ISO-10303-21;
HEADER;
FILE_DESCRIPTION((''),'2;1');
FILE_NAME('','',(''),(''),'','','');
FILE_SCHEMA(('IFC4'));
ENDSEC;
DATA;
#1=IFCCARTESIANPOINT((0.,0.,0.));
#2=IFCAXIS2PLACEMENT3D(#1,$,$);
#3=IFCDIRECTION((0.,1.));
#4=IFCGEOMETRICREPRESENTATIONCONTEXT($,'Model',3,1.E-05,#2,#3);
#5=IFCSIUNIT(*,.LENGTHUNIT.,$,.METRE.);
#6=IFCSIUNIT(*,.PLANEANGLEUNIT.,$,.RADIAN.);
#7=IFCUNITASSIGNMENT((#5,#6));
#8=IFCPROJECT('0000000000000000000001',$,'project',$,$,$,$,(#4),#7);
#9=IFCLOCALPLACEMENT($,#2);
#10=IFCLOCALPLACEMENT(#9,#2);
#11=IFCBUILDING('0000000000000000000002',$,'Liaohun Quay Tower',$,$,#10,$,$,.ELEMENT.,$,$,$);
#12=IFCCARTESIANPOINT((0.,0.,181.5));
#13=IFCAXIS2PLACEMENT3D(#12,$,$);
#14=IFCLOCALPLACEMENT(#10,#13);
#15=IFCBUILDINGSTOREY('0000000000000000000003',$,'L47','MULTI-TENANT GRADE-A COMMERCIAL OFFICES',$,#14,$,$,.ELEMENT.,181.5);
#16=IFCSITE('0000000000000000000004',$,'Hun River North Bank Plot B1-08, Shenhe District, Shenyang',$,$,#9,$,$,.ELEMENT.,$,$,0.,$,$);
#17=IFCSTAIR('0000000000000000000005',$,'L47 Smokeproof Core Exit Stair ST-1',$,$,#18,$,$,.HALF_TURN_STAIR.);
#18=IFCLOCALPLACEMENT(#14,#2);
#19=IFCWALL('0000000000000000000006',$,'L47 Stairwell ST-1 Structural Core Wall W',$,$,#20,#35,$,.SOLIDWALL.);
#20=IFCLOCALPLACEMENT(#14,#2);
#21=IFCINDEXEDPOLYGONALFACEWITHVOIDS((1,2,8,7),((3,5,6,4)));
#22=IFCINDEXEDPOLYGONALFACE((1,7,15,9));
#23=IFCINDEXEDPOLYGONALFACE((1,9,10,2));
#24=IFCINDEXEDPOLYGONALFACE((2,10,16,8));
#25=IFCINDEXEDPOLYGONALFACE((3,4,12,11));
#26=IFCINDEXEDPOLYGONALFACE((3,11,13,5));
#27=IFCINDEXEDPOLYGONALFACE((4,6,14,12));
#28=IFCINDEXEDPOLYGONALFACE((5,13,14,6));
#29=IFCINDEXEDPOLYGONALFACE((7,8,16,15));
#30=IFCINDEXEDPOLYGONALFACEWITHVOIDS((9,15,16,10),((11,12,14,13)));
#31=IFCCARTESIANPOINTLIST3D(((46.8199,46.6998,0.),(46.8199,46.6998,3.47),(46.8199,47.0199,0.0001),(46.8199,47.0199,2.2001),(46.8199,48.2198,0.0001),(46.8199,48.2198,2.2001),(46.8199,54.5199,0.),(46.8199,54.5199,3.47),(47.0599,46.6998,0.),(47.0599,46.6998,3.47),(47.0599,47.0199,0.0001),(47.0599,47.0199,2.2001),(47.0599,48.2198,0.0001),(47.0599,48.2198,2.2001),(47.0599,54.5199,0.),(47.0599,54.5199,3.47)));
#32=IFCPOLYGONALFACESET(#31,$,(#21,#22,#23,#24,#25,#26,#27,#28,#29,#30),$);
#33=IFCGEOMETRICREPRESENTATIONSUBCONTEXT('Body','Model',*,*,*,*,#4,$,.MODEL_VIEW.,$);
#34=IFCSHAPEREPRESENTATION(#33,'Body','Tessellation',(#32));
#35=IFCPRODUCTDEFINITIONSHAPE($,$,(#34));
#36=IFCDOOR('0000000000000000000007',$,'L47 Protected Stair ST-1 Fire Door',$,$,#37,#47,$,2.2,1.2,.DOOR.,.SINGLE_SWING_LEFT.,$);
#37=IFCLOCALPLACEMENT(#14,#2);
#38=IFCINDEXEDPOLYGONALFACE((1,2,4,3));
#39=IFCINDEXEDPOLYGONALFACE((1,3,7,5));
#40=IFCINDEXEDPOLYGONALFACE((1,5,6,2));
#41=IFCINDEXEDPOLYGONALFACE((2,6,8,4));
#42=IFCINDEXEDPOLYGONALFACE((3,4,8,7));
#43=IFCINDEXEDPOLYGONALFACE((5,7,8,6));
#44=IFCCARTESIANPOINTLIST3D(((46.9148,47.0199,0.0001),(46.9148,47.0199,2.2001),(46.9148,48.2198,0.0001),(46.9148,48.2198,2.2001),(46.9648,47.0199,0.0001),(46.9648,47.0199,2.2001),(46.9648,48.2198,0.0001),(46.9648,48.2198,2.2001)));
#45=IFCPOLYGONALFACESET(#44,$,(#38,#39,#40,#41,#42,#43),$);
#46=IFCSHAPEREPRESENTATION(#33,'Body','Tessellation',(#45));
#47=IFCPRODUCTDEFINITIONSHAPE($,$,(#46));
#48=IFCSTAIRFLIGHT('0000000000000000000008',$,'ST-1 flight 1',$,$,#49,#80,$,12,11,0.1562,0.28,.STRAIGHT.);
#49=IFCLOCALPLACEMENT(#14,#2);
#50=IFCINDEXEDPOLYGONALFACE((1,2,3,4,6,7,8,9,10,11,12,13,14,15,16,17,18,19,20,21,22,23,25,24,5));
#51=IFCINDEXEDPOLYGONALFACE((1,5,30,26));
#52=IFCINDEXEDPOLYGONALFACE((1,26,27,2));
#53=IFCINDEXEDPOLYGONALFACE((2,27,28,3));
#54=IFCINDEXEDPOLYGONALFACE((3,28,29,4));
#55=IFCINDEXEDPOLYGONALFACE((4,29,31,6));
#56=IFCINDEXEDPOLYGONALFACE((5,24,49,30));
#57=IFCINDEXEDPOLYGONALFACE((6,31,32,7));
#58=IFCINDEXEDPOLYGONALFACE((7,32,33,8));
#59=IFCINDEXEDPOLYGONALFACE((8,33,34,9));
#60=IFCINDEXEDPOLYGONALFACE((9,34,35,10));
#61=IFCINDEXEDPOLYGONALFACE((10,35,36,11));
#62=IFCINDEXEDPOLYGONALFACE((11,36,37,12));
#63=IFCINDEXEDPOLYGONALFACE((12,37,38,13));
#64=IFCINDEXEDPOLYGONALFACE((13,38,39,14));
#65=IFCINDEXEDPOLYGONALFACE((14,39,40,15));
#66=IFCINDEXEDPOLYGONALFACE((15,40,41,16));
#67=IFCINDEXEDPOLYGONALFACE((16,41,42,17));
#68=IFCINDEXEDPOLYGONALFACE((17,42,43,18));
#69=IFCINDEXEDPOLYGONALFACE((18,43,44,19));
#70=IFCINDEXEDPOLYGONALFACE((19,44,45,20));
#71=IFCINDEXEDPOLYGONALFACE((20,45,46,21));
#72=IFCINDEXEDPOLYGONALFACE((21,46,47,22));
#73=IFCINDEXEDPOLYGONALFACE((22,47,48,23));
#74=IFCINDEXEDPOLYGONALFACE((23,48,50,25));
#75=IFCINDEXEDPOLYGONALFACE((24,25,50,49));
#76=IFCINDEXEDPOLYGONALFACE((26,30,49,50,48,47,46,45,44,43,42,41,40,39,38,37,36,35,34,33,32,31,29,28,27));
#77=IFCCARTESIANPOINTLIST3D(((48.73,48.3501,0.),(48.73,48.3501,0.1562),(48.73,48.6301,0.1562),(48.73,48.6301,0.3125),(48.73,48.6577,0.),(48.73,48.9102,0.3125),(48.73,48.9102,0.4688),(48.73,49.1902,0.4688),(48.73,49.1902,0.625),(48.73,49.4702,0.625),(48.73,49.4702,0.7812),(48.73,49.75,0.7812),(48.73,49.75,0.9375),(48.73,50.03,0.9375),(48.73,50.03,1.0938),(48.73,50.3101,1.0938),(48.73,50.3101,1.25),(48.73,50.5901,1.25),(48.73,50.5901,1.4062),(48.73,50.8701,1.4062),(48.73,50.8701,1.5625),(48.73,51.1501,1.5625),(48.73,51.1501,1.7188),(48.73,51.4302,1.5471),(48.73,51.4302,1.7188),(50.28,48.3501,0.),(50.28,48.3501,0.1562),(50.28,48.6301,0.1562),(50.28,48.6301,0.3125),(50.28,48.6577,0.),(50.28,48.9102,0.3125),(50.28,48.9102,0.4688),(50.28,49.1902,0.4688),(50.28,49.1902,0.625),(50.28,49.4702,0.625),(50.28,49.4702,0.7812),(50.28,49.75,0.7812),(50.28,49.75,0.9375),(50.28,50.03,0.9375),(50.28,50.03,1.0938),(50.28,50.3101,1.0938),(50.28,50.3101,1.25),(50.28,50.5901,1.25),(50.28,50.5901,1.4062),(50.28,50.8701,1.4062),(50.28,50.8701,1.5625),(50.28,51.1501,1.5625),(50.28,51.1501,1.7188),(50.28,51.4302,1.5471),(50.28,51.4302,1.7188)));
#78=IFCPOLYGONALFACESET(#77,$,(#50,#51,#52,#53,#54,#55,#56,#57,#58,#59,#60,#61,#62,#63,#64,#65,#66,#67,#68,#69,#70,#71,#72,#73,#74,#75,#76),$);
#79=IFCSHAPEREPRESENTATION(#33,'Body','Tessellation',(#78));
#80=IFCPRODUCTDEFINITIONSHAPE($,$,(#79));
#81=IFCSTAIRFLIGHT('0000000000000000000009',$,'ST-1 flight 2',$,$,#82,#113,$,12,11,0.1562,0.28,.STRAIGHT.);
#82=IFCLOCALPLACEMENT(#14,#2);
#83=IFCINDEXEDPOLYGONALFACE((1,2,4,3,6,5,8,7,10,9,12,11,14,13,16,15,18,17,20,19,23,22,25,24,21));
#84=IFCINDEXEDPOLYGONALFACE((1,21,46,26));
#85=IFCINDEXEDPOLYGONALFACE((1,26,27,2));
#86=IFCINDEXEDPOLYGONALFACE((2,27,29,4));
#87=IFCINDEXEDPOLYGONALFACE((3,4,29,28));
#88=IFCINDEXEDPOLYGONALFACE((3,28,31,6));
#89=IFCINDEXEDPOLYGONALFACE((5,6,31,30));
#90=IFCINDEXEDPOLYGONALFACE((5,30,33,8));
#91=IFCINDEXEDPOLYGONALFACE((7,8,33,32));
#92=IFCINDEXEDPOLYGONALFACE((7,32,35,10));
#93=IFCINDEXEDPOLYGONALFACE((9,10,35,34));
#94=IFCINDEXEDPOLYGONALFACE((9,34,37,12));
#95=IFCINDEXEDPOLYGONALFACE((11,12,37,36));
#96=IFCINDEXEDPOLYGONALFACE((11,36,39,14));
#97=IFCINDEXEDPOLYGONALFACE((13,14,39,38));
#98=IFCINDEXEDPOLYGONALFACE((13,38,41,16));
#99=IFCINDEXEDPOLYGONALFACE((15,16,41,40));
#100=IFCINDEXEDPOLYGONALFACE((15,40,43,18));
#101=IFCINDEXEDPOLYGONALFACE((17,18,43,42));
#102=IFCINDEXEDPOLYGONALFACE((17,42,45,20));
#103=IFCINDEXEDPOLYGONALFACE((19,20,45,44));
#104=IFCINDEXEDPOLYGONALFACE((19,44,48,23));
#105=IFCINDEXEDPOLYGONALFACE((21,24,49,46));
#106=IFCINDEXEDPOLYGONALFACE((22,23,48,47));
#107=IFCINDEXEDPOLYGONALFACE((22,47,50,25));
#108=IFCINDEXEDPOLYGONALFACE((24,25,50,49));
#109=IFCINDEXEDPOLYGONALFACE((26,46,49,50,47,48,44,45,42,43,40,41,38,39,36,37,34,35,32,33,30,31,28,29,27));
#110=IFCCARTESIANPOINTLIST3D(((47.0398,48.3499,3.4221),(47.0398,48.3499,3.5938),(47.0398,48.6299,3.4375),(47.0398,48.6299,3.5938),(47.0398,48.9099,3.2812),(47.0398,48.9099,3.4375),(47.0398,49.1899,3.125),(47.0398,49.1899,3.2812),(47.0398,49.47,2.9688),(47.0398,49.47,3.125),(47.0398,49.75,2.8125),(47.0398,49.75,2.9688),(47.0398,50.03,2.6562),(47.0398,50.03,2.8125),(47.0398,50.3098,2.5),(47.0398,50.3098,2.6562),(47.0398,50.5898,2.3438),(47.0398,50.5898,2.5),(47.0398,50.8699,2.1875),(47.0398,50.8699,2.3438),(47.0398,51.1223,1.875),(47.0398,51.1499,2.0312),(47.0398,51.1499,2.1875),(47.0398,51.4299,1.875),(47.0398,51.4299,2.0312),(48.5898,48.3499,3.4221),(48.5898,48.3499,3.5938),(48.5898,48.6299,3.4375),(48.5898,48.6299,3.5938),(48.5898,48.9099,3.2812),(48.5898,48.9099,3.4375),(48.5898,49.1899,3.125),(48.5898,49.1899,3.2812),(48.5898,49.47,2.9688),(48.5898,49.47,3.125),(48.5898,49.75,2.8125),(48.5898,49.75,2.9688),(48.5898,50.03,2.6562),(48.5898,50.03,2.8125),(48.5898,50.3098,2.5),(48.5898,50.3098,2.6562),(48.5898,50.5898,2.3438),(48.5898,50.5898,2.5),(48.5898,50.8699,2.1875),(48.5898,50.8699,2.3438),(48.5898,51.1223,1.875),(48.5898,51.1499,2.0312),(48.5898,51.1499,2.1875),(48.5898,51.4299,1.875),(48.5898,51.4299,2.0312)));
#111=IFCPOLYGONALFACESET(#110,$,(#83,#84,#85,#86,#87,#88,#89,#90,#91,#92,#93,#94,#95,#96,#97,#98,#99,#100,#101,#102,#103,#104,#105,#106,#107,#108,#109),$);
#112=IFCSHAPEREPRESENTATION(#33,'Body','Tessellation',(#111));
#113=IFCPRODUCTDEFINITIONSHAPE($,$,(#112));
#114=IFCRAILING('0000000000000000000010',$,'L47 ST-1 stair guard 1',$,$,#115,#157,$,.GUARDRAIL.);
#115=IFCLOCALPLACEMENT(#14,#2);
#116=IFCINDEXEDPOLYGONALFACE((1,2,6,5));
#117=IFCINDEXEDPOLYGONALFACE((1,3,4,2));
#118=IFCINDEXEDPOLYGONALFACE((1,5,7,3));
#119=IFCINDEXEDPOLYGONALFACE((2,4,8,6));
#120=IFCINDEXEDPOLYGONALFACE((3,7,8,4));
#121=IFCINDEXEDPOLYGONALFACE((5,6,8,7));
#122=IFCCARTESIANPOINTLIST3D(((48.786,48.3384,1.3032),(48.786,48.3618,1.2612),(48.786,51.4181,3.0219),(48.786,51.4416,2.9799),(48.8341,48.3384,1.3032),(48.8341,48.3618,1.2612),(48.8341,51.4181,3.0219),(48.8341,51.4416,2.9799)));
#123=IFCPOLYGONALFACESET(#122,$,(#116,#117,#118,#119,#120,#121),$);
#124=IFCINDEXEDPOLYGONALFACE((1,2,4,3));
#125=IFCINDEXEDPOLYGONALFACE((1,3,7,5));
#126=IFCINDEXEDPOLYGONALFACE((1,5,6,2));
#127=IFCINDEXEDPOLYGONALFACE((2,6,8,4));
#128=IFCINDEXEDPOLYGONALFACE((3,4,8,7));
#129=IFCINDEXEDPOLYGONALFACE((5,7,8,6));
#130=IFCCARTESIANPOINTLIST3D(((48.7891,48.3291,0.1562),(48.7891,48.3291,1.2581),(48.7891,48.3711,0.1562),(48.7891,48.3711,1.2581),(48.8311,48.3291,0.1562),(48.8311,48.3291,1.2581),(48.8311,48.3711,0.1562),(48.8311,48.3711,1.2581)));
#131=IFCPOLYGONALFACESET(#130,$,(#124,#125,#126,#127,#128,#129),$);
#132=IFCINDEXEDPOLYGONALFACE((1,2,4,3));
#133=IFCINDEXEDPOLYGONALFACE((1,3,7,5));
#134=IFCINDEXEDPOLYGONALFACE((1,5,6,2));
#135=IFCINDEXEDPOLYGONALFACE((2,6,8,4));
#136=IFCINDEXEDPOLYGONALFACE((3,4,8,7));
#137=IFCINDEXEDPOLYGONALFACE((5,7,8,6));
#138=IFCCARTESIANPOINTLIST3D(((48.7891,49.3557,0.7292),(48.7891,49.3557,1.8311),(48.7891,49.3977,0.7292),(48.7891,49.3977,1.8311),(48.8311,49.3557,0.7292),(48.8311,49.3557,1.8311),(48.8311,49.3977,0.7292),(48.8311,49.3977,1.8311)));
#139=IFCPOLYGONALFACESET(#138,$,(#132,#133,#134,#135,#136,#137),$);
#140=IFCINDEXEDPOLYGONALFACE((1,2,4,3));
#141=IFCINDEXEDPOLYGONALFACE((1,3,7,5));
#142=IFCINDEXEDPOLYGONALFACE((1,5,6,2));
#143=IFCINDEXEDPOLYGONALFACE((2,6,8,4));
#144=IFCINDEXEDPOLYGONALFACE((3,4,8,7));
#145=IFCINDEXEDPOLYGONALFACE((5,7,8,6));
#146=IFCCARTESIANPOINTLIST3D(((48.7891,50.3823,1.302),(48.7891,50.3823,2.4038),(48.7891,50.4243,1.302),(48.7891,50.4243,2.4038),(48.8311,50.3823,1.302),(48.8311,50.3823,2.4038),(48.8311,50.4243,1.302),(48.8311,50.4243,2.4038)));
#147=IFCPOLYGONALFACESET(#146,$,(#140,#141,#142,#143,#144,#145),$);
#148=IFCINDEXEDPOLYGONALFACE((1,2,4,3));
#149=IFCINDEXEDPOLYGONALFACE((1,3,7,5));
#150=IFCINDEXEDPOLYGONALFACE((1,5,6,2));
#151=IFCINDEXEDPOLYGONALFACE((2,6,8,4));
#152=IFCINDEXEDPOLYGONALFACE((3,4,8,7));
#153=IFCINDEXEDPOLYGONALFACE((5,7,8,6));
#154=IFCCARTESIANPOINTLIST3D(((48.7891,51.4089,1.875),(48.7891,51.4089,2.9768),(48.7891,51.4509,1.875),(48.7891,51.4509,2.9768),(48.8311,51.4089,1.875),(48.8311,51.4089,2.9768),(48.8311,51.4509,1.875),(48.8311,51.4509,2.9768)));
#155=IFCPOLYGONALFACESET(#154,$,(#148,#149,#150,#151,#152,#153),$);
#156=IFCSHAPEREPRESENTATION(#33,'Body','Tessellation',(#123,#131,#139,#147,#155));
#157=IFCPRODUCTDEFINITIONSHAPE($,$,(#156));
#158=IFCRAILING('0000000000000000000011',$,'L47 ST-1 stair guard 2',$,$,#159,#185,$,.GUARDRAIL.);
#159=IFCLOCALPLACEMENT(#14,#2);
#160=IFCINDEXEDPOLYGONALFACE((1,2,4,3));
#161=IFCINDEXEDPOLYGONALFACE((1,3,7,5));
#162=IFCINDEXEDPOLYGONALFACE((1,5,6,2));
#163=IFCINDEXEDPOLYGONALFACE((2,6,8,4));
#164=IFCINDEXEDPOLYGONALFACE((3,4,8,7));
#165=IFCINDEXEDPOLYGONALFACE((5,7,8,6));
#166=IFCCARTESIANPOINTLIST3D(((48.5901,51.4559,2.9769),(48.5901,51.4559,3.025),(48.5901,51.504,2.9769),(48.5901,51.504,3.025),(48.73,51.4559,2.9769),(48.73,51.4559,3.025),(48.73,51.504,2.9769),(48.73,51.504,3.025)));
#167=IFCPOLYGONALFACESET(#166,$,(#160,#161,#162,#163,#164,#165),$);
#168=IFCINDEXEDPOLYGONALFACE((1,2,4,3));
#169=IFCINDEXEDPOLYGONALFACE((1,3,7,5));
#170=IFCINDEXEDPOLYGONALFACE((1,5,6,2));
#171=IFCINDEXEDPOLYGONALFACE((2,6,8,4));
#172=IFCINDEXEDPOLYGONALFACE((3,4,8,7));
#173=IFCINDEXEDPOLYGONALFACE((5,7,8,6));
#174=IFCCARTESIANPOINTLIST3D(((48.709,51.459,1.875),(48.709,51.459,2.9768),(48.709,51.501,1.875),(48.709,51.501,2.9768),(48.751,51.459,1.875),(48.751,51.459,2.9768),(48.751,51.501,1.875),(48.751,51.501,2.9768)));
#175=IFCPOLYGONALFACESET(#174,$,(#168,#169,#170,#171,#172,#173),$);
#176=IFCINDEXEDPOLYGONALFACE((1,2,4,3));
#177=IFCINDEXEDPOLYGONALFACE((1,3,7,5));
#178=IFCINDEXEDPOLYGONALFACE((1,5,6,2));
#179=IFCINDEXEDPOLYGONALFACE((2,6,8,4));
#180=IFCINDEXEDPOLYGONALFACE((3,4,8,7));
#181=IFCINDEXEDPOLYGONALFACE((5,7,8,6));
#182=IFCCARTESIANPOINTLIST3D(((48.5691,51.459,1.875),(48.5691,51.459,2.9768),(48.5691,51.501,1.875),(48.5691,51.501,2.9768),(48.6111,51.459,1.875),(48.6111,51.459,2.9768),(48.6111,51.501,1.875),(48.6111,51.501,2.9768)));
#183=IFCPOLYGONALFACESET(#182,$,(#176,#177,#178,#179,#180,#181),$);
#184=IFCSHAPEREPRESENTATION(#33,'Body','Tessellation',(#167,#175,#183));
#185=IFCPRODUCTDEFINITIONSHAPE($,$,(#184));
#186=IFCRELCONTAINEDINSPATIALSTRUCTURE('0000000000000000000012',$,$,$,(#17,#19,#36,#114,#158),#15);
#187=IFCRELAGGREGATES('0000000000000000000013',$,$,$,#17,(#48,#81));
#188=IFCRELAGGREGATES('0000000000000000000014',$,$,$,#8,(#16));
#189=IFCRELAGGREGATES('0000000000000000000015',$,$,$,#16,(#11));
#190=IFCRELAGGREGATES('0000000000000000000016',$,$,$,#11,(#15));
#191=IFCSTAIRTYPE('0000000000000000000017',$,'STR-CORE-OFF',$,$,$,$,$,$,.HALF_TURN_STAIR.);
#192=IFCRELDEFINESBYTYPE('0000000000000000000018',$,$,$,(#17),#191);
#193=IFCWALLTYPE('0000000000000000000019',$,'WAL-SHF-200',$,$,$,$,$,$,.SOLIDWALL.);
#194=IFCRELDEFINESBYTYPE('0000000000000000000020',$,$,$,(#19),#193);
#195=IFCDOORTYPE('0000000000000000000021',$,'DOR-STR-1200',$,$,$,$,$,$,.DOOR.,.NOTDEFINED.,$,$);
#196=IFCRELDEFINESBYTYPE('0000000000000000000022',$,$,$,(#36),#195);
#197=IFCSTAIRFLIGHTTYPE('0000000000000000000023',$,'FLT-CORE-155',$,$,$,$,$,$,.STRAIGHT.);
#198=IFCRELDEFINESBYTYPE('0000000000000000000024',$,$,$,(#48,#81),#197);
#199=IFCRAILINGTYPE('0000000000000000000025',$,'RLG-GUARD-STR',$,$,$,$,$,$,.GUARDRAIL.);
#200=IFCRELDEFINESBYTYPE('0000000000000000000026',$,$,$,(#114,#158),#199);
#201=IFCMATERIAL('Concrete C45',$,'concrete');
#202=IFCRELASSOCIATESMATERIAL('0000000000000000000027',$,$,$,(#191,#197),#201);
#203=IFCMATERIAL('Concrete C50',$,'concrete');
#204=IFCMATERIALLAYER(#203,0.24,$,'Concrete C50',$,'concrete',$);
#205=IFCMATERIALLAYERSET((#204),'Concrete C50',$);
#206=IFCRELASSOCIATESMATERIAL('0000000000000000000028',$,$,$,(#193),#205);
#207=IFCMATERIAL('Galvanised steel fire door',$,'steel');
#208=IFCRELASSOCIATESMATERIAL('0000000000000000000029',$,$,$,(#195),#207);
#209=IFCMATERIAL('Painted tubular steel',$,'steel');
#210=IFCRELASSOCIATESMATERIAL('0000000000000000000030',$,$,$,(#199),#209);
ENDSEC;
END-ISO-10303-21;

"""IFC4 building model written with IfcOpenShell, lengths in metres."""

from ifc_helpers import new_model, si_unit, direction, frame, frame_2d, origin, origin_2d, place, context, subcontext, project, spatial, polyline, rectangle, outline, extrude, source, transform, mapped, material, layer, layer_set, type_object, element, fill, aggregate, save


model = new_model("IFC4")

# Units and contexts
model_context = context("Model", 3, precision=1e-05, world=origin(), true_north=direction((0.0, 1.0)))
body_context = subcontext(model_context, "Body", "Model", "MODEL_VIEW")
ifc_project = project(units=[si_unit("LENGTHUNIT", "METRE"), si_unit("PLANEANGLEUNIT", "RADIAN")], contexts=[model_context])

# Site, building, storey
site_placement = place(None, origin())
site = spatial("IfcSite", under=ifc_project, at=site_placement, Name="Hun River North Bank Plot B1-08, Shenhe District, Shenyang", CompositionType="ELEMENT", RefElevation=0.0)
building_placement = place(site_placement, origin())
building = spatial("IfcBuilding", under=site, at=building_placement, Name="Liaohun Quay Tower", CompositionType="ELEMENT")
storey_placement = place(building_placement, frame((0.0, 0.0, 181.5)))
storey = spatial("IfcBuildingStorey", under=building, at=storey_placement, Name="L47", Description="MULTI-TENANT GRADE-A COMMERCIAL OFFICES", CompositionType="ELEMENT", Elevation=181.5)

# Stair
ifc_material_1 = material(Name="Concrete C45", Category="concrete")
stair_type = type_object("IfcStairType", Name="STR-CORE-OFF", PredefinedType="HALF_TURN_STAIR", material=ifc_material_1)
stair_1_placement = place(storey_placement, origin())
stair_1 = element("IfcStair", 1, at=stair_1_placement, inside=storey, type_object=stair_type, Name="L47 Smokeproof Core Exit Stair ST-1", PredefinedType="HALF_TURN_STAIR")

# Shared definitions
ifc_material_2 = material(Name="Concrete C50", Category="concrete")
ifc_layer_1 = layer(ifc_material_2, 0.24, Name="Concrete C50", Category="concrete")
ifc_layer_set_1 = layer_set([ifc_layer_1], Name="Concrete C50")
wall_type_1 = type_object("IfcWallType", Name="WAL-SHF-200", PredefinedType="SOLIDWALL", material=ifc_layer_set_1)

# Wall, opening, door
wall_1_placement = place(storey_placement, frame((46.9399, 54.52, 0.0), z_axis=(0.0, 0.0, 1.0), x_axis=(0.0, -1.0, 0.0)))
wall_1 = element("IfcWall", 2, at=wall_1_placement, inside=storey, type_object=wall_type_1, Name="L47 Stairwell ST-1 Structural Core Wall W", PredefinedType="SOLIDWALL", context=body_context, shape_type="SweptSolid", body=[
    extrude(rectangle(XDim=7.8201, YDim=0.24, at=frame_2d((3.9102, 0.0))), origin(), (0.0, 0.0, 1.0), 3.47),
])
shared_shape_1 = source(origin(), body_context, "Body", "SweptSolid", [
    extrude(rectangle(XDim=1.2, YDim=2.2, at=frame_2d((0.6001, 1.1001))), frame((0.0, 0.1299, 0.0), z_axis=(0.0, -1.0, 0.0), x_axis=(1.0, 0.0, 0.0)), (0.0, 0.0, 1.0), 0.26),
])
opening_1_placement = place(wall_1_placement, frame((6.3, 0.0, 0.0)))
opening_1 = element("IfcOpeningElement", 3, at=opening_1_placement, cuts=wall_1, PredefinedType="OPENING", context=body_context, shape_type="MappedRepresentation", body=[
    mapped(shared_shape_1, transform((0.0, 0.0, 0.0), x_axis=(1.0, 0.0, 0.0), y_axis=(0.0, 1.0, 0.0), z_axis=(0.0, 0.0, 1.0), scale=1.0)),
])
ifc_material_3 = material(Name="Galvanised steel fire door", Category="steel")
door_type_1 = type_object("IfcDoorType", Name="DOR-STR-1200", OperationType="NOTDEFINED", PredefinedType="DOOR", material=ifc_material_3)
shared_shape_2 = source(origin(), body_context, "Body", "SweptSolid", [
    extrude(rectangle(XDim=1.2, YDim=2.2, at=frame_2d((0.6001, 1.1001))), frame((0.0, 0.0249, 0.0), z_axis=(0.0, -1.0, 0.0), x_axis=(1.0, 0.0, 0.0)), (0.0, 0.0, 1.0), 0.05),
])
door_1_placement = place(opening_1_placement, origin())
door_1 = element("IfcDoor", 4, at=door_1_placement, inside=storey, type_object=door_type_1, Name="L47 Protected Stair ST-1 Fire Door", OperationType="SINGLE_SWING_LEFT", OverallHeight=2.2, OverallWidth=1.2, PredefinedType="DOOR", context=body_context, shape_type="MappedRepresentation", body=[
    mapped(shared_shape_2, transform((0.0, 0.0, 0.0), x_axis=(1.0, 0.0, 0.0), y_axis=(0.0, 1.0, 0.0), z_axis=(0.0, 0.0, 1.0), scale=1.0)),
])
fill(opening_1, door_1)

# Stair flights
stair_flight_type = type_object("IfcStairFlightType", Name="FLT-CORE-155", PredefinedType="STRAIGHT", material=ifc_material_1)
stair_flight_1_placement = place(storey_placement, frame((49.5049, 48.3501, 0.0), z_axis=(0.0, 0.0, 1.0), x_axis=(0.0, 1.0, 0.0)))
stair_flight_1 = element("IfcStairFlight", 5, at=stair_flight_1_placement, type_object=stair_flight_type, Name="ST-1 flight 1", NumberOfRisers=12, NumberOfTreads=11, PredefinedType="STRAIGHT", RiserHeight=0.1562, TreadLength=0.28, context=body_context, shape_type="SweptSolid", body=[
    extrude(outline(polyline([(0.0, 0.0), (0.0, 0.1562), (0.28, 0.1562), (0.28, 0.3125), (0.5601, 0.3125), (0.5601, 0.4688), (0.8401, 0.4688), (0.8401, 0.625), (1.1201, 0.625), (1.1201, 0.7812), (1.3999, 0.7812), (1.3999, 0.9375), (1.6799, 0.9375), (1.6799, 1.0938), (1.96, 1.0938), (1.96, 1.25), (2.24, 1.25), (2.24, 1.4062), (2.52, 1.4062), (2.52, 1.5625), (2.8, 1.5625), (2.8, 1.7188), (3.0801, 1.7188), (3.0801, 1.875), (3.0801, 1.5471), (0.3076, 0.0), (0.0, 0.0)])), frame((0.0, 0.7749, 0.0), z_axis=(0.0, -1.0, 0.0), x_axis=(1.0, 0.0, 0.0)), (0.0, 0.0, 1.0), 1.55),
])
stair_flight_2_placement = place(storey_placement, frame((47.8149, 51.4299, 1.875), z_axis=(0.0, 0.0, 1.0), x_axis=(0.0, -1.0, 0.0)))
stair_flight_2 = element("IfcStairFlight", 6, at=stair_flight_2_placement, type_object=stair_flight_type, Name="ST-1 flight 2", NumberOfRisers=12, NumberOfTreads=11, PredefinedType="STRAIGHT", RiserHeight=0.1562, TreadLength=0.28, context=body_context, shape_type="SweptSolid", body=[
    extrude(outline(polyline([(0.0, 0.0), (0.0, 0.1562), (0.28, 0.1562), (0.28, 0.3125), (0.5601, 0.3125), (0.5601, 0.4688), (0.8401, 0.4688), (0.8401, 0.625), (1.1201, 0.625), (1.1201, 0.7812), (1.3999, 0.7812), (1.3999, 0.9375), (1.6799, 0.9375), (1.6799, 1.0938), (1.96, 1.0938), (1.96, 1.25), (2.24, 1.25), (2.24, 1.4062), (2.52, 1.4062), (2.52, 1.5625), (2.8, 1.5625), (2.8, 1.7188), (3.0801, 1.7188), (3.0801, 1.875), (3.0801, 1.5471), (0.3076, 0.0), (0.0, 0.0)])), frame((0.0, 0.7749, 0.0), z_axis=(0.0, -1.0, 0.0), x_axis=(1.0, 0.0, 0.0)), (0.0, 0.0, 1.0), 1.55),
])
aggregate(stair_1, [stair_flight_1, stair_flight_2])

# Railings
ifc_material_4 = material(Name="Painted tubular steel", Category="steel")
railing_type_1 = type_object("IfcRailingType", Name="RLG-GUARD-STR", PredefinedType="GUARDRAIL", material=ifc_material_4)
railing_1_placement = place(storey_placement, frame((48.8101, 48.3501, 0.1562)))
element("IfcRailing", 7, at=railing_1_placement, inside=storey, type_object=railing_type_1, Name="L47 ST-1 stair guard 1", PredefinedType="GUARDRAIL", context=body_context, shape_type="SweptSolid", body=[
    extrude(rectangle(XDim=0.0481, YDim=0.0481, at=origin_2d()), frame((0.0, 0.0, 1.126), z_axis=(0.0, 0.873225, 0.487317), x_axis=(-1.0, 0.0, 0.0)), (0.0, 0.0, 1.0), 3.5269),
    extrude(rectangle(XDim=0.042, YDim=0.042, at=origin_2d()), origin(), (0.0, 0.0, 1.0), 1.1018),
    extrude(rectangle(XDim=0.042, YDim=0.042, at=origin_2d()), frame((0.0, 1.0266, 0.573)), (0.0, 0.0, 1.0), 1.1018),
    extrude(rectangle(XDim=0.042, YDim=0.042, at=origin_2d()), frame((0.0, 2.0532, 1.1458)), (0.0, 0.0, 1.0), 1.1018),
    extrude(rectangle(XDim=0.042, YDim=0.042, at=origin_2d()), frame((0.0, 3.0798, 1.7188)), (0.0, 0.0, 1.0), 1.1018),
])
railing_2_placement = place(storey_placement, frame((48.73, 51.48, 1.875)))
element("IfcRailing", 8, at=railing_2_placement, inside=storey, type_object=railing_type_1, Name="L47 ST-1 stair guard 2", PredefinedType="GUARDRAIL", context=body_context, shape_type="SweptSolid", body=[
    extrude(rectangle(XDim=0.0481, YDim=0.0481, at=origin_2d()), frame((0.0, 0.0, 1.126), z_axis=(-1.0, 0.0, 0.0), x_axis=(0.0, -1.0, 0.0)), (0.0, 0.0, 1.0), 0.1399),
    extrude(rectangle(XDim=0.042, YDim=0.042, at=origin_2d()), origin(), (0.0, 0.0, 1.0), 1.1018),
    extrude(rectangle(XDim=0.042, YDim=0.042, at=origin_2d()), frame((-0.1399, 0.0, 0.0)), (0.0, 0.0, 1.0), 1.1018),
])

save(model, "model.ifc")
